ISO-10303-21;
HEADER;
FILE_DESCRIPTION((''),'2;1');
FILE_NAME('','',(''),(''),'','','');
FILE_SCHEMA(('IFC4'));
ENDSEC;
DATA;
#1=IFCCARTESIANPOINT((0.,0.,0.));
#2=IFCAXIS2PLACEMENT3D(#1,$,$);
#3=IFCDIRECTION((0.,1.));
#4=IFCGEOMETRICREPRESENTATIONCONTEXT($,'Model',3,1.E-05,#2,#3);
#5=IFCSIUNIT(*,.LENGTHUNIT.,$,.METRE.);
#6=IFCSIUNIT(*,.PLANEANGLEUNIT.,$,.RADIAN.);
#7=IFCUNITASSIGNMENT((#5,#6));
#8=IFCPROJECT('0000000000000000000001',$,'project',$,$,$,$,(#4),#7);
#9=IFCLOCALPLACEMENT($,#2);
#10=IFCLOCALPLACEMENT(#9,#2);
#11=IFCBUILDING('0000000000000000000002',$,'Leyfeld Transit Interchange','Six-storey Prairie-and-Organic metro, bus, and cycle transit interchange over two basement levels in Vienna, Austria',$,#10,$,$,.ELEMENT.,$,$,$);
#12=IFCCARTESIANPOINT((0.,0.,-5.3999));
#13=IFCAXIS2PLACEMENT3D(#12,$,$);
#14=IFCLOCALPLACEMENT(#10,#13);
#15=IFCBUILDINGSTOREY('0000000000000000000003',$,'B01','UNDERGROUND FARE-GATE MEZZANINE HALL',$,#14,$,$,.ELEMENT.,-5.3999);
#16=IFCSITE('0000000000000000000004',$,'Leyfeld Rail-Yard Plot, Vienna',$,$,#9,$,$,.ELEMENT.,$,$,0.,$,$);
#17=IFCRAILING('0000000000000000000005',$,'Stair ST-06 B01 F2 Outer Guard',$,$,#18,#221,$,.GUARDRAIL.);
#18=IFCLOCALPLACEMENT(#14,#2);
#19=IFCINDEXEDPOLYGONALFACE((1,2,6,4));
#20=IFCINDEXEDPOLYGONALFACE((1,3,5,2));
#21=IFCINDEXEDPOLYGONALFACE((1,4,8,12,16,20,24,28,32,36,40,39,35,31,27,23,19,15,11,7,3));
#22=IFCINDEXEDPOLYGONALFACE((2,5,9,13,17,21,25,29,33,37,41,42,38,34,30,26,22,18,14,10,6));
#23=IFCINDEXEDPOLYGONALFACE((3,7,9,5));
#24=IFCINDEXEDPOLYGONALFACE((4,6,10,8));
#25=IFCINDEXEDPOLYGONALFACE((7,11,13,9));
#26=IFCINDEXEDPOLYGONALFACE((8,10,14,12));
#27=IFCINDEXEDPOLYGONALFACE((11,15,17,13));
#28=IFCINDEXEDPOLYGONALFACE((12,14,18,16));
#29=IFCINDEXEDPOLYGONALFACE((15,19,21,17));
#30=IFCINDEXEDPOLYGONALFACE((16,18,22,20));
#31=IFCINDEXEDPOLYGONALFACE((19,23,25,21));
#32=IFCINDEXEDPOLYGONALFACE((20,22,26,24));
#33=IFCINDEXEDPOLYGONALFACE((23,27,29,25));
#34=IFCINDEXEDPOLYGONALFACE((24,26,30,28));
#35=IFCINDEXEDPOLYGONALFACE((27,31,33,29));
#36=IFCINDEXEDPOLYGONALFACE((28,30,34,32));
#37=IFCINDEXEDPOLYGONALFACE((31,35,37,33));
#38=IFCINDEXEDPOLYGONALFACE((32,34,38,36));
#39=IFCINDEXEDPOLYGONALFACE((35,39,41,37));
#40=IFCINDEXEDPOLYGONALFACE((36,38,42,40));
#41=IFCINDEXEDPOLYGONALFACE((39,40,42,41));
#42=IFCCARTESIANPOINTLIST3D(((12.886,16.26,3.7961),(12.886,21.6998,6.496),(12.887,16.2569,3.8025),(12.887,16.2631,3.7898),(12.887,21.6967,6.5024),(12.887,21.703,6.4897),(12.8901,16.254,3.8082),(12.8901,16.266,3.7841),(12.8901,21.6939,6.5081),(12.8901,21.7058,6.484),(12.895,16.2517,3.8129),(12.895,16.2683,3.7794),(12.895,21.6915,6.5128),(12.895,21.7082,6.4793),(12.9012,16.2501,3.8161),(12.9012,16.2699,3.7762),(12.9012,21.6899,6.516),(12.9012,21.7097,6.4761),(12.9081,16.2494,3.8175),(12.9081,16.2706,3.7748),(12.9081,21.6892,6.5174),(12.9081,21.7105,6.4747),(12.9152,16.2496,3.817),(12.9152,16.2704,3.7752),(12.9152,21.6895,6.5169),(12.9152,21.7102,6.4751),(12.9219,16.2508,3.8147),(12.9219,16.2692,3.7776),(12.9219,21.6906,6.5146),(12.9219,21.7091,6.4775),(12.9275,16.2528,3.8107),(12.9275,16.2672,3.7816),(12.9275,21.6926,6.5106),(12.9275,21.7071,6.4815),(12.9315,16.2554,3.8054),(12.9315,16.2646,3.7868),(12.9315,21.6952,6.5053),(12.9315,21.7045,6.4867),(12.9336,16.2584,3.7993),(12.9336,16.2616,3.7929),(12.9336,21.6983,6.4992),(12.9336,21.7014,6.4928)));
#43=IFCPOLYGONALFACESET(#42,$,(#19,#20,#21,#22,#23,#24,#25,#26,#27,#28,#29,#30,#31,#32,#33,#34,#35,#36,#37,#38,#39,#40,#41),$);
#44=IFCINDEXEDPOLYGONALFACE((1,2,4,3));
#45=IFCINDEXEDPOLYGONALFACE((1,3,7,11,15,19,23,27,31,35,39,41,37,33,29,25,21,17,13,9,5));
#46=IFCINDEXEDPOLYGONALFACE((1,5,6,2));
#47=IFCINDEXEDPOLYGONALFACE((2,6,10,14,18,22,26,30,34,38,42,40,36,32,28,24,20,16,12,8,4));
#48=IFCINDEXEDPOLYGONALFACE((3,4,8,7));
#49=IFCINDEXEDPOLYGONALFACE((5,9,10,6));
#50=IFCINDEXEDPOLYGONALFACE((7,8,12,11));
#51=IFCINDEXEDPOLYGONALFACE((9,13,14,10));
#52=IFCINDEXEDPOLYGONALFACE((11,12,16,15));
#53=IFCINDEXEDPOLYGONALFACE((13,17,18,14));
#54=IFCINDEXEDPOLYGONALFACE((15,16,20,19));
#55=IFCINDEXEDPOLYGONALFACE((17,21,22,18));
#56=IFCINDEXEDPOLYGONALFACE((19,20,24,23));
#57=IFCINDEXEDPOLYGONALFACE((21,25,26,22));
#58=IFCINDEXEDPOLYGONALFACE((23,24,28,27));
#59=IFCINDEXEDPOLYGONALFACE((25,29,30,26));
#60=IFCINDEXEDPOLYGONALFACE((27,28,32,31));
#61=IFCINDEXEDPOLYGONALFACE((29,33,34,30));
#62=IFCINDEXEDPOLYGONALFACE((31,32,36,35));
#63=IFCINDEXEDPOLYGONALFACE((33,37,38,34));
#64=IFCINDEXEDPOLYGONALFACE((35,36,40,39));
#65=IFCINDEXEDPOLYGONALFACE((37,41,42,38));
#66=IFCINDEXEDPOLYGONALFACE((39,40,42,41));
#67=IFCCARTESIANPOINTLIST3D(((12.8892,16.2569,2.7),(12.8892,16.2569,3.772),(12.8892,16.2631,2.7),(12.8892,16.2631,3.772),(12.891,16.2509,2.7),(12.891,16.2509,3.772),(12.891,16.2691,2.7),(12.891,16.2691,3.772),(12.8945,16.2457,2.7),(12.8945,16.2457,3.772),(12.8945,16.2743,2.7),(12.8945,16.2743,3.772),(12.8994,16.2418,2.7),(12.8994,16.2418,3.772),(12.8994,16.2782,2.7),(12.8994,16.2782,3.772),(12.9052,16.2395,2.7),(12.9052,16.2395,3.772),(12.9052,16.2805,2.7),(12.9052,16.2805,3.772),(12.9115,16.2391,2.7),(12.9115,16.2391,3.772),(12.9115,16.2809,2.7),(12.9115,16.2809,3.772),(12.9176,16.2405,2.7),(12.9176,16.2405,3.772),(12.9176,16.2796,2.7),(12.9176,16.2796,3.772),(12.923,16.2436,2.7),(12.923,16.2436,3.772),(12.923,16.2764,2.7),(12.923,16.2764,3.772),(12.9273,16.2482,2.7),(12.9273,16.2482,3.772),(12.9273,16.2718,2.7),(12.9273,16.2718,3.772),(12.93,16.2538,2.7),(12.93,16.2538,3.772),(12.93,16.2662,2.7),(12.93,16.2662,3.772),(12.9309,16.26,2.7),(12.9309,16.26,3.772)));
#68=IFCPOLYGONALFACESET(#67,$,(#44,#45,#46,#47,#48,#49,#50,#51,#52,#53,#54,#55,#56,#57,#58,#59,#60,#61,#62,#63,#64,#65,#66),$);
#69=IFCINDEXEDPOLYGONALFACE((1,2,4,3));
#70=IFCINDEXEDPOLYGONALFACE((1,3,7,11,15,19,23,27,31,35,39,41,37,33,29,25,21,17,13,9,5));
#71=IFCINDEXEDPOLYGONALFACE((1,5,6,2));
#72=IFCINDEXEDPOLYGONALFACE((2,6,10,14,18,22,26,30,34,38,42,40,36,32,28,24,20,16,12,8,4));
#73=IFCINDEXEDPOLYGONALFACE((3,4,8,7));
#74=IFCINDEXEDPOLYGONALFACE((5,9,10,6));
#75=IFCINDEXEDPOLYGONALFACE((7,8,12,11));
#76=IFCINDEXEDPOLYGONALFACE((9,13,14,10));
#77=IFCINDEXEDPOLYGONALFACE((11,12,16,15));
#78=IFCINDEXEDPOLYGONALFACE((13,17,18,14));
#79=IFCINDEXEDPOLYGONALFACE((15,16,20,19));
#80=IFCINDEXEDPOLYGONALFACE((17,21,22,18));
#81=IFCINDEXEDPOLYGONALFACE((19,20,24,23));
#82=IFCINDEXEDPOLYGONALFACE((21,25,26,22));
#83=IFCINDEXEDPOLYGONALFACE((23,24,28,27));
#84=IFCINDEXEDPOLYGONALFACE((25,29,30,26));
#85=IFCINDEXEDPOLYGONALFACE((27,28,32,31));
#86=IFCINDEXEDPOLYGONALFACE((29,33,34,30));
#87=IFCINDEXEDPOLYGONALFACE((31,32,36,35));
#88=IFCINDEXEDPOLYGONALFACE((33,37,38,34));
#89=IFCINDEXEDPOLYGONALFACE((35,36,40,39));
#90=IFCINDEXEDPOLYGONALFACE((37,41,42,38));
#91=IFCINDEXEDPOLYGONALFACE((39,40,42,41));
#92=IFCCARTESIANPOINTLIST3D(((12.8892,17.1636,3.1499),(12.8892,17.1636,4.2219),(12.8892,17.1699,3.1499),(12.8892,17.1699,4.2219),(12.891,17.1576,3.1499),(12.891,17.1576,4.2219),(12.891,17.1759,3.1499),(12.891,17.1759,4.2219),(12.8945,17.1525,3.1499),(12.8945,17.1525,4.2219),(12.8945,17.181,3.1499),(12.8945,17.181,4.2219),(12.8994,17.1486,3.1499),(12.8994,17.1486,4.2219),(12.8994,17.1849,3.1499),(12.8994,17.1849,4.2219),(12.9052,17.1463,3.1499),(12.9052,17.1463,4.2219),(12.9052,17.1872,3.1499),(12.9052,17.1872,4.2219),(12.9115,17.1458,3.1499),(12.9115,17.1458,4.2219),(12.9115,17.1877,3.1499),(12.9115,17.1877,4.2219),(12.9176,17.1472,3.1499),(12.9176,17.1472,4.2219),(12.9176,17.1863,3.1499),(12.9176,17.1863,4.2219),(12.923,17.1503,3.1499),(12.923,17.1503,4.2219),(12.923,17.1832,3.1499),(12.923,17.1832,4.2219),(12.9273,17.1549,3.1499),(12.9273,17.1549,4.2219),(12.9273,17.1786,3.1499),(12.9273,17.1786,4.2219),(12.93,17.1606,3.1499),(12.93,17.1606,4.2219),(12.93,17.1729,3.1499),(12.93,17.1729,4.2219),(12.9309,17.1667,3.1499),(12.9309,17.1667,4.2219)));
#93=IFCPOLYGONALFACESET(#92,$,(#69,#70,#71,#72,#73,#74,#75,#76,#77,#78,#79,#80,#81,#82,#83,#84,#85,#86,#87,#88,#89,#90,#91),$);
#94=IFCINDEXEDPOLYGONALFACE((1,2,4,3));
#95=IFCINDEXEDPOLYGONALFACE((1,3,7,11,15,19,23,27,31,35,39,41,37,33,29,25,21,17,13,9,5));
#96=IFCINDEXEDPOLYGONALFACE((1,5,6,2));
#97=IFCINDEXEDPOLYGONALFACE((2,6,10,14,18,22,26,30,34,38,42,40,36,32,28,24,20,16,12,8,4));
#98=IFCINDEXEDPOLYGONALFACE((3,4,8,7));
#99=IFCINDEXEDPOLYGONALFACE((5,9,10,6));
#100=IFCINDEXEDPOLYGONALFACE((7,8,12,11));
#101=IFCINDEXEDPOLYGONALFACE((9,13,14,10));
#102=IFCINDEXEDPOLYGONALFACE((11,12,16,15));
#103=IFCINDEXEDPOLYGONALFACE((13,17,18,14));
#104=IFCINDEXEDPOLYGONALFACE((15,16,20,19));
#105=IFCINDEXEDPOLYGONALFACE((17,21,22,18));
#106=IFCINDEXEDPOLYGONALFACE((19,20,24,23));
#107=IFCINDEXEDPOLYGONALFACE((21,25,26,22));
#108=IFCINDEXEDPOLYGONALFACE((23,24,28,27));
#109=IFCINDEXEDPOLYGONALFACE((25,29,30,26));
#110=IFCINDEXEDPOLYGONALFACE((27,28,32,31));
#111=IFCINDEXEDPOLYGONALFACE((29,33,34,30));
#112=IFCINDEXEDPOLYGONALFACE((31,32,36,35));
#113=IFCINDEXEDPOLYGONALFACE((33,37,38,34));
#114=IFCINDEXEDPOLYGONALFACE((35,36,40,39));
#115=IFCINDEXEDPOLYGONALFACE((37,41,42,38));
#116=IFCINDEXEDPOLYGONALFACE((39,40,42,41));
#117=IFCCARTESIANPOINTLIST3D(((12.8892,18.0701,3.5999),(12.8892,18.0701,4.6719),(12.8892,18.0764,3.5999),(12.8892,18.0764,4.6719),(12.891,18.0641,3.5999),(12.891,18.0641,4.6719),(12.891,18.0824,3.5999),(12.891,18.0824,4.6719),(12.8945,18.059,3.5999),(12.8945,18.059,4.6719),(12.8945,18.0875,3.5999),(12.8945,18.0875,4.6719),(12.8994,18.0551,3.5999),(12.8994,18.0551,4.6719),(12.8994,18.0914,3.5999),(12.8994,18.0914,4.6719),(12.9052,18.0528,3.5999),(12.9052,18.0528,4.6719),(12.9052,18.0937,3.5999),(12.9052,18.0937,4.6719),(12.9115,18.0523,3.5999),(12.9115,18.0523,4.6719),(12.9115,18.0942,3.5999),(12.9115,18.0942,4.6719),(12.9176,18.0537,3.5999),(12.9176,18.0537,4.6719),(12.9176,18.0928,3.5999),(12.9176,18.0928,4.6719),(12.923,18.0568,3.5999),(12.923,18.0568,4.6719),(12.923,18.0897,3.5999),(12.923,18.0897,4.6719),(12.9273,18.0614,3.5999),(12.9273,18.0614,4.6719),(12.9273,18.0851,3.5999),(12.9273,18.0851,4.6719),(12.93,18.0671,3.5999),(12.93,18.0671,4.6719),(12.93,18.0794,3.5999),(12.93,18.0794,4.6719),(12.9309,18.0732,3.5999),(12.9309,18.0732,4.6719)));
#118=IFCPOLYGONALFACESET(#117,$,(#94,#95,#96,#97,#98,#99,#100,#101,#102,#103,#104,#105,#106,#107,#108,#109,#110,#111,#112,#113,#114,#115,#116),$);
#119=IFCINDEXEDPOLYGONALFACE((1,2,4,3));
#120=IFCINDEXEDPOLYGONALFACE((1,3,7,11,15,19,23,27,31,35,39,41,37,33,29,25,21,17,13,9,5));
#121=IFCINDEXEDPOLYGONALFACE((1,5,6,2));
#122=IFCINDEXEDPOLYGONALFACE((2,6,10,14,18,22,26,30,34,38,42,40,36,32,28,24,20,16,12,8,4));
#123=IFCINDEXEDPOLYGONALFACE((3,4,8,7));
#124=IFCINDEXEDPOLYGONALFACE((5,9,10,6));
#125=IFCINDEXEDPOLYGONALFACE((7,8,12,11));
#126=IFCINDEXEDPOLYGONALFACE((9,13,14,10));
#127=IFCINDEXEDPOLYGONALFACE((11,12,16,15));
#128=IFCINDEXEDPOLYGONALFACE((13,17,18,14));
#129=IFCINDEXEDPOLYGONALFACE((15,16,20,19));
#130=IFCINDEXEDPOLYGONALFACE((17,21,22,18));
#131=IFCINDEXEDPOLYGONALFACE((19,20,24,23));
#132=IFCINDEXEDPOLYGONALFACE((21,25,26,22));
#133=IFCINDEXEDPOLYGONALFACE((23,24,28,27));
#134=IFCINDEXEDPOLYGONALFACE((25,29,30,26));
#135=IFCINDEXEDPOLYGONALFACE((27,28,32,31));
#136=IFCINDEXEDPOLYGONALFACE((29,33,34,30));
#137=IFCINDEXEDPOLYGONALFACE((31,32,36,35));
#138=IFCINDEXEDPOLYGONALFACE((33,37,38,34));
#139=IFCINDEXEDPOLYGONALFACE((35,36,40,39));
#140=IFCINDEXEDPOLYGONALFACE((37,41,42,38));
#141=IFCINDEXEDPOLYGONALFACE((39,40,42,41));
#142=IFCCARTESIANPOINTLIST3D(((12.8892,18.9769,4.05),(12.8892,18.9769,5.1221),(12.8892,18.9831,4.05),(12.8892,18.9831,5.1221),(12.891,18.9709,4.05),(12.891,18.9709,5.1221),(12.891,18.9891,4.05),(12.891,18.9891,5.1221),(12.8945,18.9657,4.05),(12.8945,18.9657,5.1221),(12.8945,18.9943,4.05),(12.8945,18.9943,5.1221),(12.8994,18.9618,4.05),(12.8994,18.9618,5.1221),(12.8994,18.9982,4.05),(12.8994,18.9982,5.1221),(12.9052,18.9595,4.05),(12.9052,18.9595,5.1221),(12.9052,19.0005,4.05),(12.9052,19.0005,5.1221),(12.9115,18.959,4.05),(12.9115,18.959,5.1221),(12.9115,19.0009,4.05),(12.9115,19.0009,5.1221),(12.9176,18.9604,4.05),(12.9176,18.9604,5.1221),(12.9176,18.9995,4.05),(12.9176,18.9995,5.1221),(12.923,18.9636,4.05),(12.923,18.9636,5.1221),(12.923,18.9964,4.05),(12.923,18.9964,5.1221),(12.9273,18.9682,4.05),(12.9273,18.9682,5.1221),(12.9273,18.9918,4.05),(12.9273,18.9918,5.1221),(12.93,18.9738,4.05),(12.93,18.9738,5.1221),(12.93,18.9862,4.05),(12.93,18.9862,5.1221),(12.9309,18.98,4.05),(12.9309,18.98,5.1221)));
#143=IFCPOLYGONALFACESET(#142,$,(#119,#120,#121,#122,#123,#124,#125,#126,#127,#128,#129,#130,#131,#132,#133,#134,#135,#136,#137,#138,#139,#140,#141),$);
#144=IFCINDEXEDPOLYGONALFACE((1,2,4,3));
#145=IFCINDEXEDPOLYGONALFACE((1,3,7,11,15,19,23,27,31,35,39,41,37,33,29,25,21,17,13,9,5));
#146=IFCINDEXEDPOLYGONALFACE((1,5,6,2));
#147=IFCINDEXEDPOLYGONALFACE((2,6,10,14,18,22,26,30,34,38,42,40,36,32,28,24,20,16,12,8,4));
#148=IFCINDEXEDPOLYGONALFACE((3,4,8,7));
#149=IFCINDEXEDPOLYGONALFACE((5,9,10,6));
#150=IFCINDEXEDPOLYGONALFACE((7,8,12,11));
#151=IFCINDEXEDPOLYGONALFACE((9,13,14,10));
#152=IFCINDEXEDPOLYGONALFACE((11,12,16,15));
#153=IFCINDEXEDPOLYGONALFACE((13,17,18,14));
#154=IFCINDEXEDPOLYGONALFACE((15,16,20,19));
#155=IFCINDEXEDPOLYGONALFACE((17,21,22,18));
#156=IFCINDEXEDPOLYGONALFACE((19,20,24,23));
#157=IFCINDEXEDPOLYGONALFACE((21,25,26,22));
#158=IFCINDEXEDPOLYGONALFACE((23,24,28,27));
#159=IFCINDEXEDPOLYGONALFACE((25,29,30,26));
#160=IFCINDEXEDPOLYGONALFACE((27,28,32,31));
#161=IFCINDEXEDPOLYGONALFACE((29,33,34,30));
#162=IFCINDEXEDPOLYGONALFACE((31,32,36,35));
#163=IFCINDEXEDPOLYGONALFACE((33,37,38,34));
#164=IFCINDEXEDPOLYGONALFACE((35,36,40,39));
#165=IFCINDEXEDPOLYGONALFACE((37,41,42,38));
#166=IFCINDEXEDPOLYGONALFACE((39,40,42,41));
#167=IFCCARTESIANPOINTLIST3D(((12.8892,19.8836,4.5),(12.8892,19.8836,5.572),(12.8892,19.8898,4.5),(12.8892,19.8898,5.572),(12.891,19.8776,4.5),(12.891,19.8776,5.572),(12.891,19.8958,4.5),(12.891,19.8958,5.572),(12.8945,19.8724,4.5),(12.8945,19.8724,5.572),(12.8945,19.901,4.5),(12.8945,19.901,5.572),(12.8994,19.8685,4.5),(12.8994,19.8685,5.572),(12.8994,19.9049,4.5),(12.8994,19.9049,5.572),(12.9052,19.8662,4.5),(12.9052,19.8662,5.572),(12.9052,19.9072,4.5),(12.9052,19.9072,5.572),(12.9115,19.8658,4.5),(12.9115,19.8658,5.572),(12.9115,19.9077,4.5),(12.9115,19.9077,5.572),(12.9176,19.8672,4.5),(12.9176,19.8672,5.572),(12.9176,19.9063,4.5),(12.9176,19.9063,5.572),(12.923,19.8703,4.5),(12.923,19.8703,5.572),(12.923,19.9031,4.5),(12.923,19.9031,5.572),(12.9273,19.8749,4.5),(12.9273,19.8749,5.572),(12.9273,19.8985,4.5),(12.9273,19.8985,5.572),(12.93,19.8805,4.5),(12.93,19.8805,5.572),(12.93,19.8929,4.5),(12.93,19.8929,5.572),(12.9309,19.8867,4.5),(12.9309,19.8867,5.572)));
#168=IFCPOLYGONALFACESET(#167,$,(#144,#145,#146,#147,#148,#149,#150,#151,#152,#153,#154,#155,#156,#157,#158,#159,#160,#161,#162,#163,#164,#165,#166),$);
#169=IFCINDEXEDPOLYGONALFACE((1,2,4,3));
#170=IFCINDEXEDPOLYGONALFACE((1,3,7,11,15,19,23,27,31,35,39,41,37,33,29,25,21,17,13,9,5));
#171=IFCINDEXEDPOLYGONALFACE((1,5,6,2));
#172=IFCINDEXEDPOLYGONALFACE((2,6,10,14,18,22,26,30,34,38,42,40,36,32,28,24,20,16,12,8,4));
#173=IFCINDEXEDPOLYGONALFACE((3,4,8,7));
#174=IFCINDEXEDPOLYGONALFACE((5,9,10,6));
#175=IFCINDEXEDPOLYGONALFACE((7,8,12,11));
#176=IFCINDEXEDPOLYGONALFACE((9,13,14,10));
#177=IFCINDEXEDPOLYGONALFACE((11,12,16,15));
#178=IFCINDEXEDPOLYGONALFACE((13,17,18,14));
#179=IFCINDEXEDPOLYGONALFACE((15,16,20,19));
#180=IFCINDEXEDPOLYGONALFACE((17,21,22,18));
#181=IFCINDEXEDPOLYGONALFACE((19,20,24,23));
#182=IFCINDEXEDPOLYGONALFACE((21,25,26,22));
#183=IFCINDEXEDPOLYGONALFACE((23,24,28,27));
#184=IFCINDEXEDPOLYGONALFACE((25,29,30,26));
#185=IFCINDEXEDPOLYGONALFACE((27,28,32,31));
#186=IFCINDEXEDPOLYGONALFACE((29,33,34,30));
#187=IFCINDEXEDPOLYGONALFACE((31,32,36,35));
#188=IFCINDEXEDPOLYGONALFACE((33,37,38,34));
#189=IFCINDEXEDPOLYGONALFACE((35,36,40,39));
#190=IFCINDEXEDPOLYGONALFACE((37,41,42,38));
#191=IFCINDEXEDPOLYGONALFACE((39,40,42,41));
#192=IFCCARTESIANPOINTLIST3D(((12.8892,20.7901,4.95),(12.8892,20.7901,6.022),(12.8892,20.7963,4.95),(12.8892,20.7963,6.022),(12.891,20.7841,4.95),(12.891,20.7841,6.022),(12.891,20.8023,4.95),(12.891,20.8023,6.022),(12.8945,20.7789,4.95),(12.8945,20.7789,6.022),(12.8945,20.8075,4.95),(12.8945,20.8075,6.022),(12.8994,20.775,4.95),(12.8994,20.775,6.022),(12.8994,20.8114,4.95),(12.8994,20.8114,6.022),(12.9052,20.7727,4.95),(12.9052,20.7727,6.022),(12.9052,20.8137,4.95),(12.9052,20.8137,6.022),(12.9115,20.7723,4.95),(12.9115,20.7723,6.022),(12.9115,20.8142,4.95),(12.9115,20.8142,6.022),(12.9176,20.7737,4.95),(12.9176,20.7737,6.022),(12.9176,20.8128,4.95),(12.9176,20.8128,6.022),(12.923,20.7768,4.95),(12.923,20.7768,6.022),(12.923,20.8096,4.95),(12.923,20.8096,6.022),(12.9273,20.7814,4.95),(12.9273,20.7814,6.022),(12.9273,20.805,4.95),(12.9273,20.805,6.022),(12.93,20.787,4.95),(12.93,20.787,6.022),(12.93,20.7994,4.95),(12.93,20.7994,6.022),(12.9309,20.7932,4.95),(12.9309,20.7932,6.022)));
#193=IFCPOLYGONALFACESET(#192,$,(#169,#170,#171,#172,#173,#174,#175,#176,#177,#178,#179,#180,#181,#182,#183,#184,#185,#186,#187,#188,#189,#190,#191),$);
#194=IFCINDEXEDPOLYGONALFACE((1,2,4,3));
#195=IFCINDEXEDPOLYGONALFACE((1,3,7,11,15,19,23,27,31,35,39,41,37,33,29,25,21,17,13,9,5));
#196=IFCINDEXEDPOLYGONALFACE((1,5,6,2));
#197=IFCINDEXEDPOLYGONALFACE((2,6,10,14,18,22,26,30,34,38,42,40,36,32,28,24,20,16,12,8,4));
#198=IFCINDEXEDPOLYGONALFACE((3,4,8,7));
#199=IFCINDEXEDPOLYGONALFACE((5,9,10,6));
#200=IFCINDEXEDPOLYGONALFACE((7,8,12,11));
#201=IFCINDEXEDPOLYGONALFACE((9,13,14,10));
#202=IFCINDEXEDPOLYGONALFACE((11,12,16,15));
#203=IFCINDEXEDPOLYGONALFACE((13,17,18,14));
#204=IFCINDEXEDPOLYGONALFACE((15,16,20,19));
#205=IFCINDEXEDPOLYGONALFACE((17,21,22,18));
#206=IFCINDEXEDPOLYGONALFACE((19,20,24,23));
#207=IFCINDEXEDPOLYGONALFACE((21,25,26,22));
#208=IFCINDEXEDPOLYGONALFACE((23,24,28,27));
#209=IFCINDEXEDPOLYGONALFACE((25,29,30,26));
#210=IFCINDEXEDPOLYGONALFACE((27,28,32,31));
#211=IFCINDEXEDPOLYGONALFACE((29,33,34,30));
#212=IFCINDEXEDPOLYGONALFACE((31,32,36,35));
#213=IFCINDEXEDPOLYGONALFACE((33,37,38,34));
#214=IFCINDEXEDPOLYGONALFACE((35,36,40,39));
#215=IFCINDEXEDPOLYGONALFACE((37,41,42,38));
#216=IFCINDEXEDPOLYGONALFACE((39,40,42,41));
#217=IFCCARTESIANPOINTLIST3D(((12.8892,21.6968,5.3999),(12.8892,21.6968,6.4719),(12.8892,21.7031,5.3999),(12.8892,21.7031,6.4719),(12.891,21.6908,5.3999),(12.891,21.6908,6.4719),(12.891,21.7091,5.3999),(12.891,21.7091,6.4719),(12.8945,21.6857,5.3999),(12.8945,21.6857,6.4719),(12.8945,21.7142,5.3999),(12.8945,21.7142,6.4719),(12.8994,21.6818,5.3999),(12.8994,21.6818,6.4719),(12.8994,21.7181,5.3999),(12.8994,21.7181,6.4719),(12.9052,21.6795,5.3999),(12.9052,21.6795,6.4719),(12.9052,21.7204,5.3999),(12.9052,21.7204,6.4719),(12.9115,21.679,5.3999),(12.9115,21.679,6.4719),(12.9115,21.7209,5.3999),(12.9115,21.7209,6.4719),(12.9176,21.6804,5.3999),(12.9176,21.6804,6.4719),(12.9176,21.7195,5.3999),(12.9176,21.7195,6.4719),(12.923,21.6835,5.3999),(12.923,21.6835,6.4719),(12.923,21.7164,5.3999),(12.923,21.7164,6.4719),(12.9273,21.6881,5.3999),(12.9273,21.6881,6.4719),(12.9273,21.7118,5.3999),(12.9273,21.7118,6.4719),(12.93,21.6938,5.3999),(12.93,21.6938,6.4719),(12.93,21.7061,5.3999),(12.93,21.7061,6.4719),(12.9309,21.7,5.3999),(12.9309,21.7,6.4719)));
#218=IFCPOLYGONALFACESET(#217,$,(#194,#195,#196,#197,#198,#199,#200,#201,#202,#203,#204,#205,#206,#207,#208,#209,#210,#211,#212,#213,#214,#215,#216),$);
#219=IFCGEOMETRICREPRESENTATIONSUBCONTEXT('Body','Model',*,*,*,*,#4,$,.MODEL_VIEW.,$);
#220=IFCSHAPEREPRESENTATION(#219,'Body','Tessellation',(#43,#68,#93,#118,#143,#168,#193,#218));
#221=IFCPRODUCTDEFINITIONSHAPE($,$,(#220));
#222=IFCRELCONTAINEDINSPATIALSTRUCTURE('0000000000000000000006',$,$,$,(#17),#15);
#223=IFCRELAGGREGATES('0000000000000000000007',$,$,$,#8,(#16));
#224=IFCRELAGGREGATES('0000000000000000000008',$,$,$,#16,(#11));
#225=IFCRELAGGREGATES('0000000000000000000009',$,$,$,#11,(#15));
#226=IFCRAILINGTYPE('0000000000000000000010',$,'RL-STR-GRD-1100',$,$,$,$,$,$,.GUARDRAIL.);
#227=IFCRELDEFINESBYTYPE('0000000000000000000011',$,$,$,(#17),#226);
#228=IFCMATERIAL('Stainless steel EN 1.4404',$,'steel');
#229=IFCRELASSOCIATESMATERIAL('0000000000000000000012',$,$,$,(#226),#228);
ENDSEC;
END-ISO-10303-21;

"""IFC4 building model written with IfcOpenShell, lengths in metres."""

from ifc_helpers import new_model, si_unit, direction, frame, origin, origin_2d, place, context, subcontext, project, spatial, circle, extrude, material, type_object, element, save


model = new_model("IFC4")

# Units and contexts
model_context = context("Model", 3, precision=1e-05, world=origin(), true_north=direction((0.0, 1.0)))
body_context = subcontext(model_context, "Body", "Model", "MODEL_VIEW")
ifc_project = project(units=[si_unit("LENGTHUNIT", "METRE"), si_unit("PLANEANGLEUNIT", "RADIAN")], contexts=[model_context])

# Site, building, storey
site_placement = place(None, origin())
site = spatial("IfcSite", under=ifc_project, at=site_placement, Name="Leyfeld Rail-Yard Plot, Vienna", CompositionType="ELEMENT", RefElevation=0.0)
building_placement = place(site_placement, origin())
building = spatial("IfcBuilding", under=site, at=building_placement, Name="Leyfeld Transit Interchange", Description="Six-storey Prairie-and-Organic metro, bus, and cycle transit interchange over two basement levels in Vienna, Austria", CompositionType="ELEMENT")
storey_placement = place(building_placement, frame((0.0, 0.0, -5.3999)))
storey = spatial("IfcBuildingStorey", under=building, at=storey_placement, Name="B01", Description="UNDERGROUND FARE-GATE MEZZANINE HALL", CompositionType="ELEMENT", Elevation=-5.3999)

# Railing
ifc_material_1 = material(Name="Stainless steel EN 1.4404", Category="steel")
railing_type_1 = type_object("IfcRailingType", Name="RL-STR-GRD-1100", PredefinedType="GUARDRAIL", material=ifc_material_1)
railing_1_placement = place(storey_placement, frame((12.9099, 16.26, 2.7)))
element("IfcRailing", 1, at=railing_1_placement, inside=storey, type_object=railing_type_1, Name="Stair ST-06 B01 F2 Outer Guard", PredefinedType="GUARDRAIL", context=body_context, shape_type="SweptSolid", body=[
    extrude(circle(Radius=0.0239, at=origin_2d()), frame((0.0, 0.0, 1.0962), z_axis=(0.0, 0.895742, 0.444575), x_axis=(-1.0, 0.0, 0.0)), (0.0, 0.0, 1.0), 6.073),
    extrude(circle(Radius=0.021, at=origin_2d()), origin(), (0.0, 0.0, 1.0), 1.072),
    extrude(circle(Radius=0.021, at=origin_2d()), frame((0.0, 0.9067, 0.45)), (0.0, 0.0, 1.0), 1.072),
    extrude(circle(Radius=0.021, at=origin_2d()), frame((0.0, 1.8132, 0.8999)), (0.0, 0.0, 1.0), 1.072),
    extrude(circle(Radius=0.021, at=origin_2d()), frame((0.0, 2.72, 1.3501)), (0.0, 0.0, 1.0), 1.072),
    extrude(circle(Radius=0.021, at=origin_2d()), frame((0.0, 3.6267, 1.8)), (0.0, 0.0, 1.0), 1.072),
    extrude(circle(Radius=0.021, at=origin_2d()), frame((0.0, 4.5332, 2.25)), (0.0, 0.0, 1.0), 1.072),
    extrude(circle(Radius=0.021, at=origin_2d()), frame((0.0, 5.4399, 2.7)), (0.0, 0.0, 1.0), 1.072),
])

save(model, "model.ifc")
